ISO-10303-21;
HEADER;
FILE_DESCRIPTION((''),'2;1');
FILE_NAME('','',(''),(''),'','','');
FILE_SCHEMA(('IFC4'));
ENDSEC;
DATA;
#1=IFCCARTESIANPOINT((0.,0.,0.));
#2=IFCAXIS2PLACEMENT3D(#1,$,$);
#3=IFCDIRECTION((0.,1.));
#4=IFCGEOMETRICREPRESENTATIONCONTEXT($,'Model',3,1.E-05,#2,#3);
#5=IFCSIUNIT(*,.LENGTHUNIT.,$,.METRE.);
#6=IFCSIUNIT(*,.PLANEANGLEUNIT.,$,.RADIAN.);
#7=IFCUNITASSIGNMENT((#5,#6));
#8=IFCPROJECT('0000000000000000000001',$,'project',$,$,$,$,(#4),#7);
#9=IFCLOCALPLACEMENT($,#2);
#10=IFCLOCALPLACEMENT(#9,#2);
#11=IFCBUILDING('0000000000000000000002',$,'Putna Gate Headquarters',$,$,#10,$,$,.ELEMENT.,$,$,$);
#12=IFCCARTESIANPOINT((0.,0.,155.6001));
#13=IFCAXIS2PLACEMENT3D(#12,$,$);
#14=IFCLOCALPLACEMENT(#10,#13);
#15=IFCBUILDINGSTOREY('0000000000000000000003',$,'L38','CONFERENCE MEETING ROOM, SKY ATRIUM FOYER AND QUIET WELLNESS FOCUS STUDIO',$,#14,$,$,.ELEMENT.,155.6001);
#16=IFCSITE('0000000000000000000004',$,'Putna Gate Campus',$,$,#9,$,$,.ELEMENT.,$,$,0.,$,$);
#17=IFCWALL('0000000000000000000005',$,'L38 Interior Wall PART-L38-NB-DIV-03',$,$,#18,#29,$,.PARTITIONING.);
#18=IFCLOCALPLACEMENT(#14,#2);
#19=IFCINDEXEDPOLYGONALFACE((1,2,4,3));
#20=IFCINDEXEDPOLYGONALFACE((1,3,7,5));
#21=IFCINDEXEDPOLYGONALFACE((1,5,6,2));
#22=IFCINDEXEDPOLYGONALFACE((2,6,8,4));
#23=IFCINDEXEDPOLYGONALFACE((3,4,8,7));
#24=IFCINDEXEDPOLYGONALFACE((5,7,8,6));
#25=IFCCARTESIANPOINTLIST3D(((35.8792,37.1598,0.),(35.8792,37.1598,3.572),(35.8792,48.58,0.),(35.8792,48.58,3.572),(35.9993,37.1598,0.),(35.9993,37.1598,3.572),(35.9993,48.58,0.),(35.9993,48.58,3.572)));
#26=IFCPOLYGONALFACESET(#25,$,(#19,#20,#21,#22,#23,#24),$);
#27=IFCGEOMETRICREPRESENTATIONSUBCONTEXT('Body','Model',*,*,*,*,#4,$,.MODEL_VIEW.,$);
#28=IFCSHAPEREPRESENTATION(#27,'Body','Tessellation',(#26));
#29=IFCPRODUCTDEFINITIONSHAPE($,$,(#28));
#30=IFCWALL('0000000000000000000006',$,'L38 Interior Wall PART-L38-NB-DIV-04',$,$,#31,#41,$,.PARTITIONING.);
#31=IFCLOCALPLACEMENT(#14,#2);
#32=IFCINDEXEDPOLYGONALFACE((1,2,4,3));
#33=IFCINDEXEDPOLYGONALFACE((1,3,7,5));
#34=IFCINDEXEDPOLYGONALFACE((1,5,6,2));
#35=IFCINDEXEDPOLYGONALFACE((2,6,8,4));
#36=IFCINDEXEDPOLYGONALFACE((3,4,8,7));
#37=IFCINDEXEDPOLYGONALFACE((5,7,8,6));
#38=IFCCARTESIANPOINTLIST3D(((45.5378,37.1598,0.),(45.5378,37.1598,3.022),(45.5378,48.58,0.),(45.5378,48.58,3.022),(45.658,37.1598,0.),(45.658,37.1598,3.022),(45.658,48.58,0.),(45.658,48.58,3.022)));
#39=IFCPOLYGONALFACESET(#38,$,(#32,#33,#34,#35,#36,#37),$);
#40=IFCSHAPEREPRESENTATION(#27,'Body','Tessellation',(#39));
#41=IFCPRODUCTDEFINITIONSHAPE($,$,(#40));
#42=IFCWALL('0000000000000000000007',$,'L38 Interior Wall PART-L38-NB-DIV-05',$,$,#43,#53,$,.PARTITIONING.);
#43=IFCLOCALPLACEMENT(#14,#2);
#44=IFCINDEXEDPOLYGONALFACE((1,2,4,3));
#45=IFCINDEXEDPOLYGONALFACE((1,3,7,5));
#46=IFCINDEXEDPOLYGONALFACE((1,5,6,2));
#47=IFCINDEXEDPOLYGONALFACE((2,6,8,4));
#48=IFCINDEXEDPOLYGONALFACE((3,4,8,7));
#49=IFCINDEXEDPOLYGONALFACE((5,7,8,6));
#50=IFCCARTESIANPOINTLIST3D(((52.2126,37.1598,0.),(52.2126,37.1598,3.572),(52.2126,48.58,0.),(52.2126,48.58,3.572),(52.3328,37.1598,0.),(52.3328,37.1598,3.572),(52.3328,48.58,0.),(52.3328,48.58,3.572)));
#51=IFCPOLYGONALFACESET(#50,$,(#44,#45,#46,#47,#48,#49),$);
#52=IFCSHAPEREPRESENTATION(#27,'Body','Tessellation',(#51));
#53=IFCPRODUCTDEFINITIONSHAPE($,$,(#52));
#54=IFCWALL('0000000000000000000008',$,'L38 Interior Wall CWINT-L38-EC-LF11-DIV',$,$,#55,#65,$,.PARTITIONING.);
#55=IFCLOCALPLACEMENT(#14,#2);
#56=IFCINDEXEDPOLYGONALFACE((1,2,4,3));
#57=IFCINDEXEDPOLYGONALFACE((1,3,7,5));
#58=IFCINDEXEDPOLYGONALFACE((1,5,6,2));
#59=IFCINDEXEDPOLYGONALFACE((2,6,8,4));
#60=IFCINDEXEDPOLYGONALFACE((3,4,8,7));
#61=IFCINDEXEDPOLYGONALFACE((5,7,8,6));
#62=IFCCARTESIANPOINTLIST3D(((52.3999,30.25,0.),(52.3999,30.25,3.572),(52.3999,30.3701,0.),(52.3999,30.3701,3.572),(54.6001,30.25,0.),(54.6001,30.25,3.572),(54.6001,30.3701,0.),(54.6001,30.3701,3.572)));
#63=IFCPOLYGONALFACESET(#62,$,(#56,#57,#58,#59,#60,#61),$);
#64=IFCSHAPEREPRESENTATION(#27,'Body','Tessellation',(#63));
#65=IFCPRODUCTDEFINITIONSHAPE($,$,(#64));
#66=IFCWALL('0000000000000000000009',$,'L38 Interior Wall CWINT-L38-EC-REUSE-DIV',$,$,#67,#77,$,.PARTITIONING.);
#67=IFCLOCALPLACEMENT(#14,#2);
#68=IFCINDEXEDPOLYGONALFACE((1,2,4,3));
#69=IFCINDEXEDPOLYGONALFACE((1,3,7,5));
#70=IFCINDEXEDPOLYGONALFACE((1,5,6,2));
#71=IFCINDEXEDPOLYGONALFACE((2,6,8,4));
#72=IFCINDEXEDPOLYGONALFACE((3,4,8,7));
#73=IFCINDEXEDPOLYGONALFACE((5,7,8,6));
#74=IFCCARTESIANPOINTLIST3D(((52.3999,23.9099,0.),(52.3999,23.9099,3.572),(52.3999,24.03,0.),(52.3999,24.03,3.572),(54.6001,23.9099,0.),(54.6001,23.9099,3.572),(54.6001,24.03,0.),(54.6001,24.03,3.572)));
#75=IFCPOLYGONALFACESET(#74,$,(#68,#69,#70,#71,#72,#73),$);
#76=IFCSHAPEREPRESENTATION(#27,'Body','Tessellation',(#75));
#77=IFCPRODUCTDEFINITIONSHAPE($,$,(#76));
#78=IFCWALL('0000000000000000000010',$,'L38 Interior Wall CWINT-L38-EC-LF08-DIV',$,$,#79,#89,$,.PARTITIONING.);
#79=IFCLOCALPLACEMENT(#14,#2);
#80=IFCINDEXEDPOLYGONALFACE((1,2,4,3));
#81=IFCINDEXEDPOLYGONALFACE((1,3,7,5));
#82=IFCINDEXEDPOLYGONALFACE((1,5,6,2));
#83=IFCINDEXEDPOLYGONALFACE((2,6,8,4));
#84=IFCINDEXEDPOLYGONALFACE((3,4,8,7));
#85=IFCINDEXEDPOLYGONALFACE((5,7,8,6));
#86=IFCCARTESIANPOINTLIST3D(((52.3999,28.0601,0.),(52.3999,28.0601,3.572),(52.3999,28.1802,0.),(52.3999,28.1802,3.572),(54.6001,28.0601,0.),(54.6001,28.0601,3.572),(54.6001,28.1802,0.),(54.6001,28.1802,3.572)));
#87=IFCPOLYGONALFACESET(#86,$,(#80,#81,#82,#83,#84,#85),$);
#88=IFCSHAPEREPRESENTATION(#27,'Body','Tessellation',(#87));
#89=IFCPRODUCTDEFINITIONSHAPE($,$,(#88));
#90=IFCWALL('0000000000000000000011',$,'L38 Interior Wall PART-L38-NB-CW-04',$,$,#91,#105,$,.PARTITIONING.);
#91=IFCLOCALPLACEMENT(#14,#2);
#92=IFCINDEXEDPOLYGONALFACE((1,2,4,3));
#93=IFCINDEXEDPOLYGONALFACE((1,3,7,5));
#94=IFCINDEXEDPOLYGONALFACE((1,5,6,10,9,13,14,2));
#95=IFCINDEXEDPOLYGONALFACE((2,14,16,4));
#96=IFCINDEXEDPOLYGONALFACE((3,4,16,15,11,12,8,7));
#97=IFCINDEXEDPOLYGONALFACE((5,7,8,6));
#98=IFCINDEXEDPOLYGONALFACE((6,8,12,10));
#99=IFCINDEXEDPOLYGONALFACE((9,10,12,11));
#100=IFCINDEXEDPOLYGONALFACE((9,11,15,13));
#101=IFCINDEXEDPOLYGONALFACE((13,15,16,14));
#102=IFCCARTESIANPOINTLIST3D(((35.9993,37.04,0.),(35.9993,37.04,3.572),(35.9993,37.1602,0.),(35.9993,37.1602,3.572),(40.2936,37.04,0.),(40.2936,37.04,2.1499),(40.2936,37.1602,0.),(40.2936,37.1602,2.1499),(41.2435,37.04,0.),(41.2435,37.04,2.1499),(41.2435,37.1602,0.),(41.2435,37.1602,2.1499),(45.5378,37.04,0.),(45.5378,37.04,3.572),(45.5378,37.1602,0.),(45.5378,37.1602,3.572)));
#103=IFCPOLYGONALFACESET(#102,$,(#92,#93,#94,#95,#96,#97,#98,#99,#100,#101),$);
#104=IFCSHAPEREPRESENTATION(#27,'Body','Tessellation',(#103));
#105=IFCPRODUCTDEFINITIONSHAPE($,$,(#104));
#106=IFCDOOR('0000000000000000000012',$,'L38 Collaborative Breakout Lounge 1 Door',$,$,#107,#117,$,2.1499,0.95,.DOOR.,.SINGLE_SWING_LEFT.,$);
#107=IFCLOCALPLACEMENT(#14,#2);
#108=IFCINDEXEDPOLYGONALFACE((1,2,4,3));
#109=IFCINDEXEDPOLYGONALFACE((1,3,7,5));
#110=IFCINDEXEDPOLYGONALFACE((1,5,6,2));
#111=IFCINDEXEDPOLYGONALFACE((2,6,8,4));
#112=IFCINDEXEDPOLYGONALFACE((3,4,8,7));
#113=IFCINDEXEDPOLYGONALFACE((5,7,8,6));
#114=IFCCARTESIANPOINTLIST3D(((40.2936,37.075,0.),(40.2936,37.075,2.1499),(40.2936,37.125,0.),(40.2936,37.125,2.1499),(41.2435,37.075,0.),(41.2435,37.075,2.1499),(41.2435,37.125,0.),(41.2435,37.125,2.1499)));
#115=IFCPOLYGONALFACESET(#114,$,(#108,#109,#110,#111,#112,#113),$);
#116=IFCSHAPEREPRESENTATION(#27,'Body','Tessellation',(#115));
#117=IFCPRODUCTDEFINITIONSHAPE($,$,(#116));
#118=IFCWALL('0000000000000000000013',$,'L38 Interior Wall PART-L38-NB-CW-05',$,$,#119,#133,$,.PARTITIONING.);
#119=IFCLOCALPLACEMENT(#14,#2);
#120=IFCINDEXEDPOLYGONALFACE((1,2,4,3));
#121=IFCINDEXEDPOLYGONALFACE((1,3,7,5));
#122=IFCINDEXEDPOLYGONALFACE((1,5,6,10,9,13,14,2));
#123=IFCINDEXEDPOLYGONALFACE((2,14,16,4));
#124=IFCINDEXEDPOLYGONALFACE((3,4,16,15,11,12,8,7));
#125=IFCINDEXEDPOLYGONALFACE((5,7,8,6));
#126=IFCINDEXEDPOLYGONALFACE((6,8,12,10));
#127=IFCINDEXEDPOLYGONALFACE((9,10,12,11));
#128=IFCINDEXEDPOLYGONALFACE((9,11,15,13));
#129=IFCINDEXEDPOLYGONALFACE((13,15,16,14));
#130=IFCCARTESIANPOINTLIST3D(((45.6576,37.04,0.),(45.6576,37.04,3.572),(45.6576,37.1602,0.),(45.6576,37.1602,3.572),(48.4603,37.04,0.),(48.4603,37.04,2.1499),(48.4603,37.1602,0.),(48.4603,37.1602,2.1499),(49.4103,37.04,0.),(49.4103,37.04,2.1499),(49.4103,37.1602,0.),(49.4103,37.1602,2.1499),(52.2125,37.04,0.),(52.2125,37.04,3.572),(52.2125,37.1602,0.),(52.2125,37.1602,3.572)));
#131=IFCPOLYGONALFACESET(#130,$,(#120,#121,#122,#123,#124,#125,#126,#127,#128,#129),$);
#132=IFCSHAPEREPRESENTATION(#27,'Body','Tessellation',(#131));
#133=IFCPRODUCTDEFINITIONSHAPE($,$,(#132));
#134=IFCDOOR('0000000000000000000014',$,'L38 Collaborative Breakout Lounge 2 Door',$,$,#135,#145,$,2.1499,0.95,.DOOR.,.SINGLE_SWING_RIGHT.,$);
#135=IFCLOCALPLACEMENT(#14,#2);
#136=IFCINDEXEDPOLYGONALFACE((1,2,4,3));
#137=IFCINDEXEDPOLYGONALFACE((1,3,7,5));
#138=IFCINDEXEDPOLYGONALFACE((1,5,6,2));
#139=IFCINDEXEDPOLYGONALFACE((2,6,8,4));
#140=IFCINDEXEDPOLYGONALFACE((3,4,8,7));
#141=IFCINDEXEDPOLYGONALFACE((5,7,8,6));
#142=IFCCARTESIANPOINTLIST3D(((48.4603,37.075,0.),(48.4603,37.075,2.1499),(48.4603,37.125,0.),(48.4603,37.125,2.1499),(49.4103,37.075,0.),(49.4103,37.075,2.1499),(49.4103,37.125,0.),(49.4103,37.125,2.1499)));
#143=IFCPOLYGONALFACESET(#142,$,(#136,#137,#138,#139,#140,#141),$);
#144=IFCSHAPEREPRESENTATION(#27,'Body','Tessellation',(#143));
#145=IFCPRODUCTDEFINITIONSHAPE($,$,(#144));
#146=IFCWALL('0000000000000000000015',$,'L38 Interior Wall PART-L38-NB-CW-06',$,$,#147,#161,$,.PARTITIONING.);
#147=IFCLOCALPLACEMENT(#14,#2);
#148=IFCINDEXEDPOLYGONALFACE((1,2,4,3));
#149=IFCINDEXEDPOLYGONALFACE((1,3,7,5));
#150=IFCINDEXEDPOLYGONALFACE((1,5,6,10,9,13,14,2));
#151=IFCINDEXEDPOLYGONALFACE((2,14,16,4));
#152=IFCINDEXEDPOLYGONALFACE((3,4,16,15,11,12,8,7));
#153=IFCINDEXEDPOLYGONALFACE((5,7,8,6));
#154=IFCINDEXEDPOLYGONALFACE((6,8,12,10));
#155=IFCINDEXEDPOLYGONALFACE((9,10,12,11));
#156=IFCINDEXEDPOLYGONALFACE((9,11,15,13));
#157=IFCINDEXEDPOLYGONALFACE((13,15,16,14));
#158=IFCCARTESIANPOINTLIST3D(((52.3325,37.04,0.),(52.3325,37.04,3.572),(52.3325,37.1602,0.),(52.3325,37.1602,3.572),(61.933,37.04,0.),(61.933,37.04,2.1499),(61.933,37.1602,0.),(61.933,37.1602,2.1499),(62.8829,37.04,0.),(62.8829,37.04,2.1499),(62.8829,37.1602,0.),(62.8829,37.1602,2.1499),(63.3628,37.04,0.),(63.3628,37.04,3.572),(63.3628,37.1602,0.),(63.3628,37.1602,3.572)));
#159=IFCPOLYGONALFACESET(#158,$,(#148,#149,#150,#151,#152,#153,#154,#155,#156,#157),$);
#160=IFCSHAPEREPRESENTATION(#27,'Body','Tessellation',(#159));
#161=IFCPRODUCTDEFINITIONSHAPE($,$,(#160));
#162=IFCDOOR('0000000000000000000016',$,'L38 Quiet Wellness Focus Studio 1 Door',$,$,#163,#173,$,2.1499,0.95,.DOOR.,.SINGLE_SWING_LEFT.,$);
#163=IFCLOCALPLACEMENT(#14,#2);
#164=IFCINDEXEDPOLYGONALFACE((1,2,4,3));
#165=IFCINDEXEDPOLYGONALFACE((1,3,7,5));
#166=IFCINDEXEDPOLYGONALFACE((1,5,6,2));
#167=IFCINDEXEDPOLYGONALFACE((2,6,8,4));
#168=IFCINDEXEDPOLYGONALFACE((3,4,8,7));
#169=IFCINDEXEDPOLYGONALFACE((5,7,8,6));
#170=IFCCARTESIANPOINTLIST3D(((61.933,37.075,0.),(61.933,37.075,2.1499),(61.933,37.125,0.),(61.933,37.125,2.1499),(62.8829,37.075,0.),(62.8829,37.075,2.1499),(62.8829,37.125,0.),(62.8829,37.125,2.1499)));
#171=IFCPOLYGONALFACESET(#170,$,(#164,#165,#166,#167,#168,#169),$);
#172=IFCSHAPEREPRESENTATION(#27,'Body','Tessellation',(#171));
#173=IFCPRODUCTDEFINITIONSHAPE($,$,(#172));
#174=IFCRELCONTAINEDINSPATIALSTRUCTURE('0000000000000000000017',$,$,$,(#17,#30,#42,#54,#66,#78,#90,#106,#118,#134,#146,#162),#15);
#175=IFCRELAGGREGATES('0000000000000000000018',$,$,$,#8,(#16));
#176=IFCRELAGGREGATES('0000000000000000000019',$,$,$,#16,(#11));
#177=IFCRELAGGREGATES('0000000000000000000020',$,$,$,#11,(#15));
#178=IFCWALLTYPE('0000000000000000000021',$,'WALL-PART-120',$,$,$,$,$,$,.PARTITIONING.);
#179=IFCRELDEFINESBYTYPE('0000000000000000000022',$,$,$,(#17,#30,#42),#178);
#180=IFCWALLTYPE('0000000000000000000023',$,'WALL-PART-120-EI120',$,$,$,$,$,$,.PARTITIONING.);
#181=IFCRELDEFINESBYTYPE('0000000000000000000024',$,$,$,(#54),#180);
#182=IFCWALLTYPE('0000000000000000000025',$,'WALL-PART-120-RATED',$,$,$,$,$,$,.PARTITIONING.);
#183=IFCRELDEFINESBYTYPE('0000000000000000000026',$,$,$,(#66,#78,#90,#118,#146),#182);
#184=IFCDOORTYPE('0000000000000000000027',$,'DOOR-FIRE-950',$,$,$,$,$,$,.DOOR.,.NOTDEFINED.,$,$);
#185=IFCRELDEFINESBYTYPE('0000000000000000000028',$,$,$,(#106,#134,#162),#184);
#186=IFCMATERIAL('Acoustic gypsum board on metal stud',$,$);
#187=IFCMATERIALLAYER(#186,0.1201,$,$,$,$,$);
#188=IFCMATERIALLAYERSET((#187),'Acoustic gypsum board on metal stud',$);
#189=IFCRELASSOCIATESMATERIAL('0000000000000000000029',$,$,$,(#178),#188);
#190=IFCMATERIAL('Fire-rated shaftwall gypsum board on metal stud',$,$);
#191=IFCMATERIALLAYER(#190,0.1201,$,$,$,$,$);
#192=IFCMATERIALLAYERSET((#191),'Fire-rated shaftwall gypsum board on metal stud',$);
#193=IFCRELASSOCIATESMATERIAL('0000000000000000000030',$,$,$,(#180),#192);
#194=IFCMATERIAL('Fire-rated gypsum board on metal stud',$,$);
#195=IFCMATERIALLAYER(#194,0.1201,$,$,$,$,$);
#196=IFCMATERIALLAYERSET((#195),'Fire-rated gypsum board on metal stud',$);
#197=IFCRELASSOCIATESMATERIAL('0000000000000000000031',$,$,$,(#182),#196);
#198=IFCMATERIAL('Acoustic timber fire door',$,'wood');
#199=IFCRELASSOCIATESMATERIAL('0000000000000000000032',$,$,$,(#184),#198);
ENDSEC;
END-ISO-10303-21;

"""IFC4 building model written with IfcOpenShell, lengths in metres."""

from ifc_helpers import new_model, si_unit, direction, frame, frame_2d, origin, place, context, subcontext, project, spatial, rectangle, extrude, material, layer, layer_set, type_object, element, fill, save


model = new_model("IFC4")

# Units and contexts
model_context = context("Model", 3, precision=1e-05, world=origin(), true_north=direction((0.0, 1.0)))
body_context = subcontext(model_context, "Body", "Model", "MODEL_VIEW")
ifc_project = project(units=[si_unit("LENGTHUNIT", "METRE"), si_unit("PLANEANGLEUNIT", "RADIAN")], contexts=[model_context])

# Site, building, storey
site_placement = place(None, origin())
site = spatial("IfcSite", under=ifc_project, at=site_placement, Name="Putna Gate Campus", CompositionType="ELEMENT", RefElevation=0.0)
building_placement = place(site_placement, origin())
building = spatial("IfcBuilding", under=site, at=building_placement, Name="Putna Gate Headquarters", CompositionType="ELEMENT")
storey_placement = place(building_placement, frame((0.0, 0.0, 155.6001)))
storey = spatial("IfcBuildingStorey", under=building, at=storey_placement, Name="L38", Description="CONFERENCE MEETING ROOM, SKY ATRIUM FOYER AND QUIET WELLNESS FOCUS STUDIO", CompositionType="ELEMENT", Elevation=155.6001)

# Shared definitions
ifc_material_1 = material(Name="Acoustic gypsum board on metal stud")
ifc_layer_1 = layer(ifc_material_1, 0.1201)
ifc_layer_set_1 = layer_set([ifc_layer_1], Name="Acoustic gypsum board on metal stud")
wall_type_1 = type_object("IfcWallType", Name="WALL-PART-120", PredefinedType="PARTITIONING", material=ifc_layer_set_1)

# Walls
wall_1_placement = place(storey_placement, frame((35.9392, 37.1599, 0.0), z_axis=(0.0, 0.0, 1.0), x_axis=(0.0, 1.0, 0.0)))
element("IfcWall", 1, at=wall_1_placement, inside=storey, type_object=wall_type_1, Name="L38 Interior Wall PART-L38-NB-DIV-03", PredefinedType="PARTITIONING", context=body_context, shape_type="SweptSolid", body=[
    extrude(rectangle(XDim=11.4202, YDim=0.1201, at=frame_2d((5.71, 0.0))), origin(), (0.0, 0.0, 1.0), 3.572),
])
wall_2_placement = place(storey_placement, frame((45.5979, 37.1599, 0.0), z_axis=(0.0, 0.0, 1.0), x_axis=(0.0, 1.0, 0.0)))
element("IfcWall", 2, at=wall_2_placement, inside=storey, type_object=wall_type_1, Name="L38 Interior Wall PART-L38-NB-DIV-04", PredefinedType="PARTITIONING", context=body_context, shape_type="SweptSolid", body=[
    extrude(rectangle(XDim=11.4202, YDim=0.1201, at=frame_2d((5.71, 0.0))), origin(), (0.0, 0.0, 1.0), 3.022),
])
wall_3_placement = place(storey_placement, frame((52.2727, 37.1599, 0.0), z_axis=(0.0, 0.0, 1.0), x_axis=(0.0, 1.0, 0.0)))
element("IfcWall", 3, at=wall_3_placement, inside=storey, type_object=wall_type_1, Name="L38 Interior Wall PART-L38-NB-DIV-05", PredefinedType="PARTITIONING", context=body_context, shape_type="SweptSolid", body=[
    extrude(rectangle(XDim=11.4202, YDim=0.1201, at=frame_2d((5.71, 0.0))), origin(), (0.0, 0.0, 1.0), 3.572),
])
ifc_material_2 = material(Name="Fire-rated shaftwall gypsum board on metal stud")
ifc_layer_2 = layer(ifc_material_2, 0.1201)
ifc_layer_set_2 = layer_set([ifc_layer_2], Name="Fire-rated shaftwall gypsum board on metal stud")
wall_type_2 = type_object("IfcWallType", Name="WALL-PART-120-EI120", PredefinedType="PARTITIONING", material=ifc_layer_set_2)
wall_4_placement = place(storey_placement, frame((52.3999, 30.3101, 0.0), z_axis=(0.0, 0.0, 1.0), x_axis=(1.0, 0.0, 0.0)))
element("IfcWall", 4, at=wall_4_placement, inside=storey, type_object=wall_type_2, Name="L38 Interior Wall CWINT-L38-EC-LF11-DIV", PredefinedType="PARTITIONING", context=body_context, shape_type="SweptSolid", body=[
    extrude(rectangle(XDim=2.2002, YDim=0.1201, at=frame_2d((1.1001, 0.0))), origin(), (0.0, 0.0, 1.0), 3.572),
])
ifc_material_3 = material(Name="Fire-rated gypsum board on metal stud")
ifc_layer_3 = layer(ifc_material_3, 0.1201)
ifc_layer_set_3 = layer_set([ifc_layer_3], Name="Fire-rated gypsum board on metal stud")
wall_type_3 = type_object("IfcWallType", Name="WALL-PART-120-RATED", PredefinedType="PARTITIONING", material=ifc_layer_set_3)
for number, where, z_axis, x_axis, name in (
    (5, (52.3999, 23.97, 0.0), (0.0, 0.0, 1.0), (1.0, 0.0, 0.0), "L38 Interior Wall CWINT-L38-EC-REUSE-DIV"),
    (6, (52.3999, 28.1201, 0.0), (0.0, 0.0, 1.0), (1.0, 0.0, 0.0), "L38 Interior Wall CWINT-L38-EC-LF08-DIV"),
):
    element("IfcWall", number, at=place(storey_placement, frame(where, z_axis=z_axis, x_axis=x_axis)), inside=storey, type_object=wall_type_3, Name=name, PredefinedType="PARTITIONING", context=body_context, shape_type="SweptSolid", body=[
        extrude(rectangle(XDim=2.2002, YDim=0.1201, at=frame_2d((1.1001, 0.0))), origin(), (0.0, 0.0, 1.0), 3.572),
    ])

# Walls, openings, doors
wall_5_placement = place(storey_placement, frame((35.9993, 37.1001, 0.0), z_axis=(0.0, 0.0, 1.0), x_axis=(1.0, 0.0, 0.0)))
wall_5 = element("IfcWall", 7, at=wall_5_placement, inside=storey, type_object=wall_type_3, Name="L38 Interior Wall PART-L38-NB-CW-04", PredefinedType="PARTITIONING", context=body_context, shape_type="SweptSolid", body=[
    extrude(rectangle(XDim=9.5386, YDim=0.1201, at=frame_2d((4.7693, 0.0))), origin(), (0.0, 0.0, 1.0), 3.572),
])
opening_1_placement = place(wall_5_placement, frame((4.2942, 0.0, 0.0)))
opening_1 = element("IfcOpeningElement", 8, at=opening_1_placement, cuts=wall_5, PredefinedType="OPENING", context=body_context, shape_type="SweptSolid", body=[
    extrude(rectangle(XDim=0.95, YDim=2.1499, at=frame_2d((0.4751, 1.075))), frame((0.0, 0.0701, 0.0), z_axis=(0.0, -1.0, 0.0), x_axis=(1.0, 0.0, 0.0)), (0.0, 0.0, 1.0), 0.1401),
])
ifc_material_4 = material(Name="Acoustic timber fire door", Category="wood")
door_type_1 = type_object("IfcDoorType", Name="DOOR-FIRE-950", OperationType="NOTDEFINED", PredefinedType="DOOR", material=ifc_material_4)
door_1_placement = place(opening_1_placement, origin())
door_1 = element("IfcDoor", 9, at=door_1_placement, inside=storey, type_object=door_type_1, Name="L38 Collaborative Breakout Lounge 1 Door", OperationType="SINGLE_SWING_LEFT", OverallHeight=2.1499, OverallWidth=0.95, PredefinedType="DOOR", context=body_context, shape_type="SweptSolid", body=[
    extrude(rectangle(XDim=0.95, YDim=2.1499, at=frame_2d((0.4751, 1.075))), frame((0.0, 0.0249, 0.0), z_axis=(0.0, -1.0, 0.0), x_axis=(1.0, 0.0, 0.0)), (0.0, 0.0, 1.0), 0.05),
])
fill(opening_1, door_1)
wall_6_placement = place(storey_placement, frame((45.6577, 37.1001, 0.0), z_axis=(0.0, 0.0, 1.0), x_axis=(1.0, 0.0, 0.0)))
wall_6 = element("IfcWall", 10, at=wall_6_placement, inside=storey, type_object=wall_type_3, Name="L38 Interior Wall PART-L38-NB-CW-05", PredefinedType="PARTITIONING", context=body_context, shape_type="SweptSolid", body=[
    extrude(rectangle(XDim=6.5549, YDim=0.1201, at=frame_2d((3.2773, 0.0))), origin(), (0.0, 0.0, 1.0), 3.572),
])
opening_2_placement = place(wall_6_placement, frame((2.8025, 0.0, 0.0)))
opening_2 = element("IfcOpeningElement", 11, at=opening_2_placement, cuts=wall_6, PredefinedType="OPENING", context=body_context, shape_type="SweptSolid", body=[
    extrude(rectangle(XDim=0.95, YDim=2.1499, at=frame_2d((0.4751, 1.075))), frame((0.0, 0.0701, 0.0), z_axis=(0.0, -1.0, 0.0), x_axis=(1.0, 0.0, 0.0)), (0.0, 0.0, 1.0), 0.1401),
])
door_2_placement = place(opening_2_placement, origin())
door_2 = element("IfcDoor", 12, at=door_2_placement, inside=storey, type_object=door_type_1, Name="L38 Collaborative Breakout Lounge 2 Door", OperationType="SINGLE_SWING_RIGHT", OverallHeight=2.1499, OverallWidth=0.95, PredefinedType="DOOR", context=body_context, shape_type="SweptSolid", body=[
    extrude(rectangle(XDim=0.95, YDim=2.1499, at=frame_2d((0.4751, 1.075))), frame((0.0, 0.0249, 0.0), z_axis=(0.0, -1.0, 0.0), x_axis=(1.0, 0.0, 0.0)), (0.0, 0.0, 1.0), 0.05),
])
fill(opening_2, door_2)
wall_7_placement = place(storey_placement, frame((52.3325, 37.1001, 0.0), z_axis=(0.0, 0.0, 1.0), x_axis=(1.0, 0.0, 0.0)))
wall_7 = element("IfcWall", 13, at=wall_7_placement, inside=storey, type_object=wall_type_3, Name="L38 Interior Wall PART-L38-NB-CW-06", PredefinedType="PARTITIONING", context=body_context, shape_type="SweptSolid", body=[
    extrude(rectangle(XDim=11.0303, YDim=0.1201, at=frame_2d((5.5151, 0.0))), origin(), (0.0, 0.0, 1.0), 3.572),
])
opening_3_placement = place(wall_7_placement, frame((9.6003, 0.0, 0.0)))
opening_3 = element("IfcOpeningElement", 14, at=opening_3_placement, cuts=wall_7, PredefinedType="OPENING", context=body_context, shape_type="SweptSolid", body=[
    extrude(rectangle(XDim=0.95, YDim=2.1499, at=frame_2d((0.4751, 1.075))), frame((0.0, 0.0701, 0.0), z_axis=(0.0, -1.0, 0.0), x_axis=(1.0, 0.0, 0.0)), (0.0, 0.0, 1.0), 0.1401),
])
door_3_placement = place(opening_3_placement, origin())
door_3 = element("IfcDoor", 15, at=door_3_placement, inside=storey, type_object=door_type_1, Name="L38 Quiet Wellness Focus Studio 1 Door", OperationType="SINGLE_SWING_LEFT", OverallHeight=2.1499, OverallWidth=0.95, PredefinedType="DOOR", context=body_context, shape_type="SweptSolid", body=[
    extrude(rectangle(XDim=0.95, YDim=2.1499, at=frame_2d((0.4751, 1.075))), frame((0.0, 0.0249, 0.0), z_axis=(0.0, -1.0, 0.0), x_axis=(1.0, 0.0, 0.0)), (0.0, 0.0, 1.0), 0.05),
])
fill(opening_3, door_3)

save(model, "model.ifc")
